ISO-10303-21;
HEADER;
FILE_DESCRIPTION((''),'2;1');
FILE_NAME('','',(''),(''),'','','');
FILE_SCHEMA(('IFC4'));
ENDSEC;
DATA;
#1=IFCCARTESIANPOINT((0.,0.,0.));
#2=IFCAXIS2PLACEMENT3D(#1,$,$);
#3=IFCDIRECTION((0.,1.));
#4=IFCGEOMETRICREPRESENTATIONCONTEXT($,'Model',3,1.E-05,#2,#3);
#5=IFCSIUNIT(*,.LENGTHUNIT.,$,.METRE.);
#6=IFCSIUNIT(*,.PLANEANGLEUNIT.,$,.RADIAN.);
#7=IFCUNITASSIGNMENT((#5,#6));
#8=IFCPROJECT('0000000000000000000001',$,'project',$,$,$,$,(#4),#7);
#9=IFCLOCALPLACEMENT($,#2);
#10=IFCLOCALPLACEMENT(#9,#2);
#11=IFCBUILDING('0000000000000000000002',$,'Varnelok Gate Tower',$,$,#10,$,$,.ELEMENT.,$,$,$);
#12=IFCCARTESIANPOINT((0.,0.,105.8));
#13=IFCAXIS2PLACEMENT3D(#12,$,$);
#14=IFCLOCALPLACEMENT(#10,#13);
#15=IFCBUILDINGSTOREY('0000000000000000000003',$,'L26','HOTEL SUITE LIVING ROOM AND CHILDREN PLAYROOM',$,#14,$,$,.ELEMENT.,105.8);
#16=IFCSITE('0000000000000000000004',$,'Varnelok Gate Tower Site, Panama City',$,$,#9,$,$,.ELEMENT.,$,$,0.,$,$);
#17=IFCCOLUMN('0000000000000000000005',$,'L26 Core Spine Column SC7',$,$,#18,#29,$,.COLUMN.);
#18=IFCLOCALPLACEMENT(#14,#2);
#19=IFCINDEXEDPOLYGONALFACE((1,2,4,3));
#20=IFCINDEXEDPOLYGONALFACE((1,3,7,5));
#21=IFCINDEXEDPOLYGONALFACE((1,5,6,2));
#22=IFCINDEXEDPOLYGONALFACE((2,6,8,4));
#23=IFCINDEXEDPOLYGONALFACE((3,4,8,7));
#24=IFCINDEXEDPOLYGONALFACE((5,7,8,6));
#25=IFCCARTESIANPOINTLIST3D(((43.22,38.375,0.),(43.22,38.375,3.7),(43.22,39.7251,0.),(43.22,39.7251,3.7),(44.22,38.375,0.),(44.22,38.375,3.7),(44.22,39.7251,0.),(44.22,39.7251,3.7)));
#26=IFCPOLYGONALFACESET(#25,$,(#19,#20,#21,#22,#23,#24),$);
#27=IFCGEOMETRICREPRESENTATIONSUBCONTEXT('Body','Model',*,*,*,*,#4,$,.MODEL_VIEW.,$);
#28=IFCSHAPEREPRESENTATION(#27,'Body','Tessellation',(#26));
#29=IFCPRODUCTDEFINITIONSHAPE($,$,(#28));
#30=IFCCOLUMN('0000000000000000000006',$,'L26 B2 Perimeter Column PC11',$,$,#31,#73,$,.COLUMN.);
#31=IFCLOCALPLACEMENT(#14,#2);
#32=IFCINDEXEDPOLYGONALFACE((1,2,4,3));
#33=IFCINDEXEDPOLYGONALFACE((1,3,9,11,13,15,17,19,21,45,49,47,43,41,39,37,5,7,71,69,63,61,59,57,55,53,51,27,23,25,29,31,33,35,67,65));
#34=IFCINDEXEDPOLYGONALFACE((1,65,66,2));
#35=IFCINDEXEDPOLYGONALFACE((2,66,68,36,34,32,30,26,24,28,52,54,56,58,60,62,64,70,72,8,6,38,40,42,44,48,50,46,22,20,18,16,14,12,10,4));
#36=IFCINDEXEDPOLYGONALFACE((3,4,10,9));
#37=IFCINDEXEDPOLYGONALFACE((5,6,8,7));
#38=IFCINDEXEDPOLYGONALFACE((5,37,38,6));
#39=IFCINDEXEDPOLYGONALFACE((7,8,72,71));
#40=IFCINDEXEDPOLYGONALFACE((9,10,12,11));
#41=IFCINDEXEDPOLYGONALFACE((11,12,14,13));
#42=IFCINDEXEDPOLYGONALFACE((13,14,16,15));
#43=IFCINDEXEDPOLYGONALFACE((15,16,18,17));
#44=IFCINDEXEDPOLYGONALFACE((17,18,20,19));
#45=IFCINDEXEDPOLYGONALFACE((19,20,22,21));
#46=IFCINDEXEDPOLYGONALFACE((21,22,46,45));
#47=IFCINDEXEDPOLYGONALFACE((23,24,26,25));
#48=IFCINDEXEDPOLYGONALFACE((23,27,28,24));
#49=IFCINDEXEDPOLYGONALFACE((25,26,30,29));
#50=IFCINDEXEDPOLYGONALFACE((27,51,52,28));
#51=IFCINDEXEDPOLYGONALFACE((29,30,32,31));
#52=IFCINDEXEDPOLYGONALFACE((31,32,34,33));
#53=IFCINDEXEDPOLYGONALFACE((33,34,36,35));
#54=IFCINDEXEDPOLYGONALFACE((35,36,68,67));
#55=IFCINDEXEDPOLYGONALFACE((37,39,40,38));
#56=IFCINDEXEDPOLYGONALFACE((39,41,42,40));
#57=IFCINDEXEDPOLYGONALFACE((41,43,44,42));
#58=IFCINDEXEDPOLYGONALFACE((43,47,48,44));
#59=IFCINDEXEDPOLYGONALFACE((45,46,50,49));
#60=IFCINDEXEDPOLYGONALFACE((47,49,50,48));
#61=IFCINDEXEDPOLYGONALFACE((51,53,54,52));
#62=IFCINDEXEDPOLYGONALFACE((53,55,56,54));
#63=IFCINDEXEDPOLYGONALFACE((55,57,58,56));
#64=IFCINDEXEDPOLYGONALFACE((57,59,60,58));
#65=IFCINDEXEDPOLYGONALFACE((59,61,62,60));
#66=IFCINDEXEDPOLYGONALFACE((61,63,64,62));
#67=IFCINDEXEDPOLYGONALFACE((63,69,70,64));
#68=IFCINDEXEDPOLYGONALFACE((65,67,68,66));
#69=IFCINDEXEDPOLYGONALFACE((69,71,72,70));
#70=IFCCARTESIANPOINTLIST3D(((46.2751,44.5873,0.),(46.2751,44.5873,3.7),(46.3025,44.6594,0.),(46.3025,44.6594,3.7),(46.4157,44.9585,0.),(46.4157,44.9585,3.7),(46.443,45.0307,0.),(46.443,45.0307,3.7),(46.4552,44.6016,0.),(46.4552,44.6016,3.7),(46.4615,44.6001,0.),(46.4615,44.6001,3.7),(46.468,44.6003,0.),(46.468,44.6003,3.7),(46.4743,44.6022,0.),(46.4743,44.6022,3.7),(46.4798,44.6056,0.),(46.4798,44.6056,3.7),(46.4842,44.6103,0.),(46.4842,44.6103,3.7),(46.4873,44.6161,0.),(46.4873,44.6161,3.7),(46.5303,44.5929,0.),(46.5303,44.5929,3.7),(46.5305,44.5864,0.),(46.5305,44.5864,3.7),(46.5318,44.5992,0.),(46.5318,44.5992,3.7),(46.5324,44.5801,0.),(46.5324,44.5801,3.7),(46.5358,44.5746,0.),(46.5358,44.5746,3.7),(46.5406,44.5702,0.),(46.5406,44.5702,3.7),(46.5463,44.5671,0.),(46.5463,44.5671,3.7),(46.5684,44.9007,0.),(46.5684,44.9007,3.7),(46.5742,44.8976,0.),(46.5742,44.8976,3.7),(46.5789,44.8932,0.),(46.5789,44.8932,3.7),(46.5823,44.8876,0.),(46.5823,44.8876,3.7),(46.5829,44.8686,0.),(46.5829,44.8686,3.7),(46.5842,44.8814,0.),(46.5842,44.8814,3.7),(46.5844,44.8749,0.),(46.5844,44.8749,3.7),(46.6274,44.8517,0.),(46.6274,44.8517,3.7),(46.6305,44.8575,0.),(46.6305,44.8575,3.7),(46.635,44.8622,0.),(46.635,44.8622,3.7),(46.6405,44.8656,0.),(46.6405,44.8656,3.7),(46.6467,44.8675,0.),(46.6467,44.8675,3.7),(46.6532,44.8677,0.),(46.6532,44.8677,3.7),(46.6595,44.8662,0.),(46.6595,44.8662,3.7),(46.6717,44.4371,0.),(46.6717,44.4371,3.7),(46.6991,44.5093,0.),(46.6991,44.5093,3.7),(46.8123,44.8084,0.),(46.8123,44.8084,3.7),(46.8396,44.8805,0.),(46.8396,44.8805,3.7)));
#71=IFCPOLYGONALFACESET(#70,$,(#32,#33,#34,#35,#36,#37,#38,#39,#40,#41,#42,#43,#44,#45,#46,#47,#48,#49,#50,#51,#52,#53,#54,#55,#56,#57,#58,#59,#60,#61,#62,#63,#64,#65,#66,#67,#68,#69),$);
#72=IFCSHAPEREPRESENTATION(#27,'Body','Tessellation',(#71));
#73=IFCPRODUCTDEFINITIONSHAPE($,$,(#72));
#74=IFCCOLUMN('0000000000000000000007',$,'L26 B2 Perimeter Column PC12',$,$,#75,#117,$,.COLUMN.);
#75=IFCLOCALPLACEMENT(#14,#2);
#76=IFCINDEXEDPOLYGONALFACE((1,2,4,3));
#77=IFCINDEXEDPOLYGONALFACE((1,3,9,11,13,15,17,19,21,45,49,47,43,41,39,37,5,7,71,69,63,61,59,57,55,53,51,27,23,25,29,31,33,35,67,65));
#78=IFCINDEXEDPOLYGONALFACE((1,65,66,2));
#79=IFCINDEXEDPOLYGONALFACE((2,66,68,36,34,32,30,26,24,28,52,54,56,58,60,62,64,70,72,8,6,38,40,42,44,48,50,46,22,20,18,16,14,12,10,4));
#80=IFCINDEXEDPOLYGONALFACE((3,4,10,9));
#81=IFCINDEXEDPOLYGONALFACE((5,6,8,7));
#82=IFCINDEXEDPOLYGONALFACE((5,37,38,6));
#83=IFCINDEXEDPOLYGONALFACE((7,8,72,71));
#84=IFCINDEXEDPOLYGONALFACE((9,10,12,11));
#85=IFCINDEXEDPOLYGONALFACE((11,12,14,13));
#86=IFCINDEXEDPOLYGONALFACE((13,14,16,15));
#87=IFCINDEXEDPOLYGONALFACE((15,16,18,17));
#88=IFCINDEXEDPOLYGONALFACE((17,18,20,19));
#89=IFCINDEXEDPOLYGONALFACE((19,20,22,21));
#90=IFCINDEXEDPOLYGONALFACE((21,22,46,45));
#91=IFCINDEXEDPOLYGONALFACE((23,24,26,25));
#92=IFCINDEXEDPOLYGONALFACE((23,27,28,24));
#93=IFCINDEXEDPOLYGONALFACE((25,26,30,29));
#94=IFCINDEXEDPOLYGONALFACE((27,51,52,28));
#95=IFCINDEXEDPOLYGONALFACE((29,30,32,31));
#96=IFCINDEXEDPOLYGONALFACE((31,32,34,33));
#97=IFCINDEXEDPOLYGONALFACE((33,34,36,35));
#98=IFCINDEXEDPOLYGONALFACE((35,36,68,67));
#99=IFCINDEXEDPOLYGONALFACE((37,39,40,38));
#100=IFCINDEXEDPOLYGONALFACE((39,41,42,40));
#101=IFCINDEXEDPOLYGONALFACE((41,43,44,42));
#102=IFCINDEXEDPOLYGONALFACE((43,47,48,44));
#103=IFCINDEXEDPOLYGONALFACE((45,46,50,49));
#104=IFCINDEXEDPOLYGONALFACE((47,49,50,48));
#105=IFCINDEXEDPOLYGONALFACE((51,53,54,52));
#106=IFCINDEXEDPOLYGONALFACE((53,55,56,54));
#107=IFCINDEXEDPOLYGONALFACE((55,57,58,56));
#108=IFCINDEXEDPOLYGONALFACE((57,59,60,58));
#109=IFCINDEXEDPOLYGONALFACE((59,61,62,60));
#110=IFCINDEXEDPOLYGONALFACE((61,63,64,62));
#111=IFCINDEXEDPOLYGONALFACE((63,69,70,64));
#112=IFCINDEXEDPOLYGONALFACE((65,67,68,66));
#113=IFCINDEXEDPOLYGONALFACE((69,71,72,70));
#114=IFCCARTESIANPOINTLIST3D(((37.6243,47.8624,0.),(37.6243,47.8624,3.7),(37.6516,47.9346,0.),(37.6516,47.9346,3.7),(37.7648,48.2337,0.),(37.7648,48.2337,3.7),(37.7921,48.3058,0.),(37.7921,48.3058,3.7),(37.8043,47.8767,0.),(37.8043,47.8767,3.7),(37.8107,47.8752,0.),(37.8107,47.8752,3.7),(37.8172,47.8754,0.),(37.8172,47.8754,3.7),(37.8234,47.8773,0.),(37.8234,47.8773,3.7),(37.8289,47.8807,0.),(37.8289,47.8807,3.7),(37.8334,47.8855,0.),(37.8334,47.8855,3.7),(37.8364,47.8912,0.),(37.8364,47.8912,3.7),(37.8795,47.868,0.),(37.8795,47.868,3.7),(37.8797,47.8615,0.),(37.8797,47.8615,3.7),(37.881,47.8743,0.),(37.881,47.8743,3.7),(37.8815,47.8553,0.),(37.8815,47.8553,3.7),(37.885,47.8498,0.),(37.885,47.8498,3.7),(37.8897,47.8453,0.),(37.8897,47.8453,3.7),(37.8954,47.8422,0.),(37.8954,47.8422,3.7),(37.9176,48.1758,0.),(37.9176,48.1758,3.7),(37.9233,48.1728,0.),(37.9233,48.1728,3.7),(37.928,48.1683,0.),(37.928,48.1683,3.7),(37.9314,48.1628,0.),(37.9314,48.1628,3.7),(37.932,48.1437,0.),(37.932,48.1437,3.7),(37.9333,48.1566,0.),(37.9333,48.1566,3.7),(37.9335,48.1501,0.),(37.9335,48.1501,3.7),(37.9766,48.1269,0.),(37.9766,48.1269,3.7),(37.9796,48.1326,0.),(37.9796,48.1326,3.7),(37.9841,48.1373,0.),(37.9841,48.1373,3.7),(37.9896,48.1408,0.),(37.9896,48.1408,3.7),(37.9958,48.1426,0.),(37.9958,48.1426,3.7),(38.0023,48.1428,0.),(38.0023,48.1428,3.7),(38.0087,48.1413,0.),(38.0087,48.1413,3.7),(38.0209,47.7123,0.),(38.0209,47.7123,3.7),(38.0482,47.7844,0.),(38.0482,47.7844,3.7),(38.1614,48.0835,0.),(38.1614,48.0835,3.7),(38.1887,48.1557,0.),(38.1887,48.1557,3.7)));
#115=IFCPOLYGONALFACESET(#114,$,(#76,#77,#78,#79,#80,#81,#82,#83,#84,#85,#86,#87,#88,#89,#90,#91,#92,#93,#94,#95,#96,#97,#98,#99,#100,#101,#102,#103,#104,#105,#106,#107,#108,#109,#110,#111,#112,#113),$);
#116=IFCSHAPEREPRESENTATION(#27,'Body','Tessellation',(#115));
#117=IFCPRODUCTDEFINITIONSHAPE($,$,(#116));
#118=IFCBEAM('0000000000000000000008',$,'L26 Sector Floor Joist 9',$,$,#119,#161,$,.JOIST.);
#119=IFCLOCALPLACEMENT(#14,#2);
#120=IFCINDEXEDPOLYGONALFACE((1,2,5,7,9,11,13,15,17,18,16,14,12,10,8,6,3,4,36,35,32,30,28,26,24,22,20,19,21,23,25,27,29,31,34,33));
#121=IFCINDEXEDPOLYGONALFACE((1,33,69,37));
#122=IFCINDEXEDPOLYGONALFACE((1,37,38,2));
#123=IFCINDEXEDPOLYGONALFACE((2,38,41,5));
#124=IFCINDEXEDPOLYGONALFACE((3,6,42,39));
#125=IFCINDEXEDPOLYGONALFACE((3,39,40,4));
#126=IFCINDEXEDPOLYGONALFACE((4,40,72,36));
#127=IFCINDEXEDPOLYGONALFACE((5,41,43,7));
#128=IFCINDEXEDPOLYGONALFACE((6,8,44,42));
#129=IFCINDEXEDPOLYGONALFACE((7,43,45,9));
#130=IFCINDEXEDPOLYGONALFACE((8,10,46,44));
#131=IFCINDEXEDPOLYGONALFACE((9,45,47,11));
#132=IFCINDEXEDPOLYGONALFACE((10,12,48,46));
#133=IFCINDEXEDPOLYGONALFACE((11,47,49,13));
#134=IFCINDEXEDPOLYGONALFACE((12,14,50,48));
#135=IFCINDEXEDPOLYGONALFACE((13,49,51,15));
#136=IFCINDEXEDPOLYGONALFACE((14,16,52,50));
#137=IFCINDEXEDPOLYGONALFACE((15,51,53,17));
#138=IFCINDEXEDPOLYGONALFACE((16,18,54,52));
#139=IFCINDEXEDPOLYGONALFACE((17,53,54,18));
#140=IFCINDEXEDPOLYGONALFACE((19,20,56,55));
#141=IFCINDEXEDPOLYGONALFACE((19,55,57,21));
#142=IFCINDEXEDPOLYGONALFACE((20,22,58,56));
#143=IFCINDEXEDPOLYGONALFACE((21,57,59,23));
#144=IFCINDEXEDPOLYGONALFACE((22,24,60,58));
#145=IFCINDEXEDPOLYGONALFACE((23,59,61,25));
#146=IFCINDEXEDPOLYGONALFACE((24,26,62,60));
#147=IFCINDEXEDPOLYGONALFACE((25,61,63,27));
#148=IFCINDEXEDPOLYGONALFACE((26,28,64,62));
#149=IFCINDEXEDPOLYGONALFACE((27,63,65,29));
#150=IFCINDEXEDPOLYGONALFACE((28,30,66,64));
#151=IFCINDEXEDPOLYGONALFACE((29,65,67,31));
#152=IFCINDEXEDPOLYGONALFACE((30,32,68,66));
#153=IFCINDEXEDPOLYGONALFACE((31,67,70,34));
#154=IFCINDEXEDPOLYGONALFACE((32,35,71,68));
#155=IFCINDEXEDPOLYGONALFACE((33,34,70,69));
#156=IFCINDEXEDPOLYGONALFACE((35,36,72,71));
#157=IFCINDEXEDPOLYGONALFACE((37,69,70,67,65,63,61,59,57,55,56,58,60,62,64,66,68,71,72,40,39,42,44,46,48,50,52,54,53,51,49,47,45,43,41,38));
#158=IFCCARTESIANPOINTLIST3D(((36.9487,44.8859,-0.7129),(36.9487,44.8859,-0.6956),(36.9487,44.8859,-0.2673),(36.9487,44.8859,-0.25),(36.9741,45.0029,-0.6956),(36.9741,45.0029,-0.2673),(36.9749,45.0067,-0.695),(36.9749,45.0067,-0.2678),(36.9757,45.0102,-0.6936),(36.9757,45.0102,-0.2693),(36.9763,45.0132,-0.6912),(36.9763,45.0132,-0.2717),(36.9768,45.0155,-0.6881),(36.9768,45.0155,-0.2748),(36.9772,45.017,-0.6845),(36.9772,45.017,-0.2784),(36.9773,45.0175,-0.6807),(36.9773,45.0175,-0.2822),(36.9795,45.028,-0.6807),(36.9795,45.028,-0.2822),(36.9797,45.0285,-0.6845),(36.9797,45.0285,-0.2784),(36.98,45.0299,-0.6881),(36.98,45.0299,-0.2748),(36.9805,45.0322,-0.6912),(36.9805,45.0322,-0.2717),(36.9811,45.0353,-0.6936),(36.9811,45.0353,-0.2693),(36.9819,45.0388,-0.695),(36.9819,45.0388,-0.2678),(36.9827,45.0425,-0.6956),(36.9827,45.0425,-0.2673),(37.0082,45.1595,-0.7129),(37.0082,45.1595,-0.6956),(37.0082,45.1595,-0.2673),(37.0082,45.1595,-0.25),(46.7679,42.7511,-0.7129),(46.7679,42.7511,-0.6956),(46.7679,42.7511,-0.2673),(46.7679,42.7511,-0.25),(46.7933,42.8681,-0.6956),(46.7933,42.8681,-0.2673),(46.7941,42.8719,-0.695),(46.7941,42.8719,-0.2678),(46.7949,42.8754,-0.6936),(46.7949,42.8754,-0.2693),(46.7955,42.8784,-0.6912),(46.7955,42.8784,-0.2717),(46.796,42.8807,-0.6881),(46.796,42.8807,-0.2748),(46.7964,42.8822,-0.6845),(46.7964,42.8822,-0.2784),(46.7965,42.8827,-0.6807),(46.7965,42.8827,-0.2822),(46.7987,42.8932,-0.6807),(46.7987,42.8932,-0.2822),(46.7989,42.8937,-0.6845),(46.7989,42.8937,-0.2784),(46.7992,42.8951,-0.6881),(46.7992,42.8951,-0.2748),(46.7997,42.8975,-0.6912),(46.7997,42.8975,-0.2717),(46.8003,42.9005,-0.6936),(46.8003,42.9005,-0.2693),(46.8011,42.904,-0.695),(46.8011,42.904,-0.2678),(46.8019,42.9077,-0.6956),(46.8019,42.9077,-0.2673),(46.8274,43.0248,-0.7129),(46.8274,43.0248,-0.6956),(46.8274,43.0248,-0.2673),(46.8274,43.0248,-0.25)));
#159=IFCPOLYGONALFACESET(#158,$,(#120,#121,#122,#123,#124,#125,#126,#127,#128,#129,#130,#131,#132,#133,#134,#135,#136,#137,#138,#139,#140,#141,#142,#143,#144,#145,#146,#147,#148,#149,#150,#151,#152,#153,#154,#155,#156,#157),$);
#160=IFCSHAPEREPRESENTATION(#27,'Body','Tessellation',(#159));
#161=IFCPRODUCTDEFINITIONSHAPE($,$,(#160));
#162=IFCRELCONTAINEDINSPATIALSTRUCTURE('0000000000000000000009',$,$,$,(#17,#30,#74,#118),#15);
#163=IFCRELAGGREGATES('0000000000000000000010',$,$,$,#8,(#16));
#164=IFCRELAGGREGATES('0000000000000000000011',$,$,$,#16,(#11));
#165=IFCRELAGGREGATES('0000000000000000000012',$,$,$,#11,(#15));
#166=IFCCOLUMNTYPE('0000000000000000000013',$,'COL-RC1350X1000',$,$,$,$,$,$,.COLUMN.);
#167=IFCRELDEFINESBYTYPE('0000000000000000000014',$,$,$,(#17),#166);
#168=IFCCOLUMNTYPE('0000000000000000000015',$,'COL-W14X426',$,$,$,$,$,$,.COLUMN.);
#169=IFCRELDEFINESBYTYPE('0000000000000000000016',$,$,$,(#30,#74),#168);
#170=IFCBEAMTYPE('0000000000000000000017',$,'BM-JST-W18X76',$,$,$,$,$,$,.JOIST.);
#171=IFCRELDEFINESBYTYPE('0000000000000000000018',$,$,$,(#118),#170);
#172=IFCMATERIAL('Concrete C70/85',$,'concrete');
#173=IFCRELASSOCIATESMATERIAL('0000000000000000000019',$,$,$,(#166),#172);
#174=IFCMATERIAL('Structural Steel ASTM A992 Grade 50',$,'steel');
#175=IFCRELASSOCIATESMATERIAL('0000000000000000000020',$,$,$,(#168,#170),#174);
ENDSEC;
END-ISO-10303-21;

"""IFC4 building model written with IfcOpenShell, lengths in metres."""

from ifc_helpers import new_model, si_unit, direction, frame, origin, origin_2d, place, context, subcontext, project, spatial, rectangle, i_section, extrude, material, material_profile, profile_set, type_object, element, save


model = new_model("IFC4")

# Units and contexts
model_context = context("Model", 3, precision=1e-05, world=origin(), true_north=direction((0.0, 1.0)))
body_context = subcontext(model_context, "Body", "Model", "MODEL_VIEW")
ifc_project = project(units=[si_unit("LENGTHUNIT", "METRE"), si_unit("PLANEANGLEUNIT", "RADIAN")], contexts=[model_context])

# Site, building, storey
site_placement = place(None, origin())
site = spatial("IfcSite", under=ifc_project, at=site_placement, Name="Varnelok Gate Tower Site, Panama City", CompositionType="ELEMENT", RefElevation=0.0)
building_placement = place(site_placement, origin())
building = spatial("IfcBuilding", under=site, at=building_placement, Name="Varnelok Gate Tower", CompositionType="ELEMENT")
storey_placement = place(building_placement, frame((0.0, 0.0, 105.8)))
storey = spatial("IfcBuildingStorey", under=building, at=storey_placement, Name="L26", Description="HOTEL SUITE LIVING ROOM AND CHILDREN PLAYROOM", CompositionType="ELEMENT", Elevation=105.8)

# Columns
ifc_material_1 = material(Name="Concrete C70/85", Category="concrete")
ifc_material_profile_1 = material_profile(ifc_material_1, rectangle(XDim=1.0, YDim=1.3501, at=origin_2d()), Name="RC1350X1000")
ifc_profile_set_1 = profile_set([ifc_material_profile_1], Name="Concrete C70/85")
column_type_1 = type_object("IfcColumnType", Name="COL-RC1350X1000", PredefinedType="COLUMN", material=ifc_profile_set_1)
column_placement = place(storey_placement, frame((43.72, 39.05, 0.0), z_axis=(0.0, 0.0, 1.0), x_axis=(1.0, 0.0, 0.0)))
element("IfcColumn", 1, at=column_placement, inside=storey, type_object=column_type_1, Name="L26 Core Spine Column SC7", PredefinedType="COLUMN", context=body_context, shape_type="SweptSolid", body=[
    extrude(rectangle(XDim=1.0, YDim=1.3501, at=origin_2d()), origin(), (0.0, 0.0, 1.0), 3.7),
])
ifc_material_2 = material(Name="Structural Steel ASTM A992 Grade 50", Category="steel")
ifc_material_profile_2 = material_profile(ifc_material_2, i_section(OverallWidth=0.4241, OverallDepth=0.4741, WebThickness=0.0476, FlangeThickness=0.0771, FilletRadius=0.0249, at=origin_2d()), Name="W14X426")
ifc_profile_set_2 = profile_set([ifc_material_profile_2], Name="Structural Steel ASTM A992 Grade 50")
column_type_2 = type_object("IfcColumnType", Name="COL-W14X426", PredefinedType="COLUMN", material=ifc_profile_set_2)
for number, where, z_axis, x_axis, name in (
    (2, (46.5574, 44.7339, 0.0), (0.0, 0.0, 1.0), (0.935222, -0.354063, 0.0), "L26 B2 Perimeter Column PC11"),
    (3, (37.9065, 48.009, 0.0), (0.0, 0.0, 1.0), (0.935222, -0.354063, 0.0), "L26 B2 Perimeter Column PC12"),
):
    element("IfcColumn", number, at=place(storey_placement, frame(where, z_axis=z_axis, x_axis=x_axis)), inside=storey, type_object=column_type_2, Name=name, PredefinedType="COLUMN", context=body_context, shape_type="SweptSolid", body=[
        extrude(i_section(OverallWidth=0.4241, OverallDepth=0.4741, WebThickness=0.0476, FlangeThickness=0.0771, FilletRadius=0.0249, at=origin_2d()), origin(), (0.0, 0.0, 1.0), 3.7),
    ])

# Beam
ifc_material_profile_3 = material_profile(ifc_material_2, i_section(OverallWidth=0.28, OverallDepth=0.4629, WebThickness=0.0107, FlangeThickness=0.0173, FilletRadius=0.0149, at=origin_2d()), Name="W18X76")
ifc_profile_set_3 = profile_set([ifc_material_profile_3], Name="Structural Steel ASTM A992 Grade 50")
beam_type_1 = type_object("IfcBeamType", Name="BM-JST-W18X76", PredefinedType="JOIST", material=ifc_profile_set_3)
beam_1_placement = place(storey_placement, frame((46.7976, 42.8879, -0.4814), z_axis=(-0.977173, 0.212447, 0.0), x_axis=(-0.212447, -0.977173, 0.0)))
element("IfcBeam", 4, at=beam_1_placement, inside=storey, type_object=beam_type_1, Name="L26 Sector Floor Joist 9", PredefinedType="JOIST", context=body_context, shape_type="SweptSolid", body=[
    extrude(i_section(OverallWidth=0.28, OverallDepth=0.4629, WebThickness=0.0107, FlangeThickness=0.0173, FilletRadius=0.0149, at=origin_2d()), origin(), (0.0, 0.0, 1.0), 10.0486),
])

save(model, "model.ifc")
